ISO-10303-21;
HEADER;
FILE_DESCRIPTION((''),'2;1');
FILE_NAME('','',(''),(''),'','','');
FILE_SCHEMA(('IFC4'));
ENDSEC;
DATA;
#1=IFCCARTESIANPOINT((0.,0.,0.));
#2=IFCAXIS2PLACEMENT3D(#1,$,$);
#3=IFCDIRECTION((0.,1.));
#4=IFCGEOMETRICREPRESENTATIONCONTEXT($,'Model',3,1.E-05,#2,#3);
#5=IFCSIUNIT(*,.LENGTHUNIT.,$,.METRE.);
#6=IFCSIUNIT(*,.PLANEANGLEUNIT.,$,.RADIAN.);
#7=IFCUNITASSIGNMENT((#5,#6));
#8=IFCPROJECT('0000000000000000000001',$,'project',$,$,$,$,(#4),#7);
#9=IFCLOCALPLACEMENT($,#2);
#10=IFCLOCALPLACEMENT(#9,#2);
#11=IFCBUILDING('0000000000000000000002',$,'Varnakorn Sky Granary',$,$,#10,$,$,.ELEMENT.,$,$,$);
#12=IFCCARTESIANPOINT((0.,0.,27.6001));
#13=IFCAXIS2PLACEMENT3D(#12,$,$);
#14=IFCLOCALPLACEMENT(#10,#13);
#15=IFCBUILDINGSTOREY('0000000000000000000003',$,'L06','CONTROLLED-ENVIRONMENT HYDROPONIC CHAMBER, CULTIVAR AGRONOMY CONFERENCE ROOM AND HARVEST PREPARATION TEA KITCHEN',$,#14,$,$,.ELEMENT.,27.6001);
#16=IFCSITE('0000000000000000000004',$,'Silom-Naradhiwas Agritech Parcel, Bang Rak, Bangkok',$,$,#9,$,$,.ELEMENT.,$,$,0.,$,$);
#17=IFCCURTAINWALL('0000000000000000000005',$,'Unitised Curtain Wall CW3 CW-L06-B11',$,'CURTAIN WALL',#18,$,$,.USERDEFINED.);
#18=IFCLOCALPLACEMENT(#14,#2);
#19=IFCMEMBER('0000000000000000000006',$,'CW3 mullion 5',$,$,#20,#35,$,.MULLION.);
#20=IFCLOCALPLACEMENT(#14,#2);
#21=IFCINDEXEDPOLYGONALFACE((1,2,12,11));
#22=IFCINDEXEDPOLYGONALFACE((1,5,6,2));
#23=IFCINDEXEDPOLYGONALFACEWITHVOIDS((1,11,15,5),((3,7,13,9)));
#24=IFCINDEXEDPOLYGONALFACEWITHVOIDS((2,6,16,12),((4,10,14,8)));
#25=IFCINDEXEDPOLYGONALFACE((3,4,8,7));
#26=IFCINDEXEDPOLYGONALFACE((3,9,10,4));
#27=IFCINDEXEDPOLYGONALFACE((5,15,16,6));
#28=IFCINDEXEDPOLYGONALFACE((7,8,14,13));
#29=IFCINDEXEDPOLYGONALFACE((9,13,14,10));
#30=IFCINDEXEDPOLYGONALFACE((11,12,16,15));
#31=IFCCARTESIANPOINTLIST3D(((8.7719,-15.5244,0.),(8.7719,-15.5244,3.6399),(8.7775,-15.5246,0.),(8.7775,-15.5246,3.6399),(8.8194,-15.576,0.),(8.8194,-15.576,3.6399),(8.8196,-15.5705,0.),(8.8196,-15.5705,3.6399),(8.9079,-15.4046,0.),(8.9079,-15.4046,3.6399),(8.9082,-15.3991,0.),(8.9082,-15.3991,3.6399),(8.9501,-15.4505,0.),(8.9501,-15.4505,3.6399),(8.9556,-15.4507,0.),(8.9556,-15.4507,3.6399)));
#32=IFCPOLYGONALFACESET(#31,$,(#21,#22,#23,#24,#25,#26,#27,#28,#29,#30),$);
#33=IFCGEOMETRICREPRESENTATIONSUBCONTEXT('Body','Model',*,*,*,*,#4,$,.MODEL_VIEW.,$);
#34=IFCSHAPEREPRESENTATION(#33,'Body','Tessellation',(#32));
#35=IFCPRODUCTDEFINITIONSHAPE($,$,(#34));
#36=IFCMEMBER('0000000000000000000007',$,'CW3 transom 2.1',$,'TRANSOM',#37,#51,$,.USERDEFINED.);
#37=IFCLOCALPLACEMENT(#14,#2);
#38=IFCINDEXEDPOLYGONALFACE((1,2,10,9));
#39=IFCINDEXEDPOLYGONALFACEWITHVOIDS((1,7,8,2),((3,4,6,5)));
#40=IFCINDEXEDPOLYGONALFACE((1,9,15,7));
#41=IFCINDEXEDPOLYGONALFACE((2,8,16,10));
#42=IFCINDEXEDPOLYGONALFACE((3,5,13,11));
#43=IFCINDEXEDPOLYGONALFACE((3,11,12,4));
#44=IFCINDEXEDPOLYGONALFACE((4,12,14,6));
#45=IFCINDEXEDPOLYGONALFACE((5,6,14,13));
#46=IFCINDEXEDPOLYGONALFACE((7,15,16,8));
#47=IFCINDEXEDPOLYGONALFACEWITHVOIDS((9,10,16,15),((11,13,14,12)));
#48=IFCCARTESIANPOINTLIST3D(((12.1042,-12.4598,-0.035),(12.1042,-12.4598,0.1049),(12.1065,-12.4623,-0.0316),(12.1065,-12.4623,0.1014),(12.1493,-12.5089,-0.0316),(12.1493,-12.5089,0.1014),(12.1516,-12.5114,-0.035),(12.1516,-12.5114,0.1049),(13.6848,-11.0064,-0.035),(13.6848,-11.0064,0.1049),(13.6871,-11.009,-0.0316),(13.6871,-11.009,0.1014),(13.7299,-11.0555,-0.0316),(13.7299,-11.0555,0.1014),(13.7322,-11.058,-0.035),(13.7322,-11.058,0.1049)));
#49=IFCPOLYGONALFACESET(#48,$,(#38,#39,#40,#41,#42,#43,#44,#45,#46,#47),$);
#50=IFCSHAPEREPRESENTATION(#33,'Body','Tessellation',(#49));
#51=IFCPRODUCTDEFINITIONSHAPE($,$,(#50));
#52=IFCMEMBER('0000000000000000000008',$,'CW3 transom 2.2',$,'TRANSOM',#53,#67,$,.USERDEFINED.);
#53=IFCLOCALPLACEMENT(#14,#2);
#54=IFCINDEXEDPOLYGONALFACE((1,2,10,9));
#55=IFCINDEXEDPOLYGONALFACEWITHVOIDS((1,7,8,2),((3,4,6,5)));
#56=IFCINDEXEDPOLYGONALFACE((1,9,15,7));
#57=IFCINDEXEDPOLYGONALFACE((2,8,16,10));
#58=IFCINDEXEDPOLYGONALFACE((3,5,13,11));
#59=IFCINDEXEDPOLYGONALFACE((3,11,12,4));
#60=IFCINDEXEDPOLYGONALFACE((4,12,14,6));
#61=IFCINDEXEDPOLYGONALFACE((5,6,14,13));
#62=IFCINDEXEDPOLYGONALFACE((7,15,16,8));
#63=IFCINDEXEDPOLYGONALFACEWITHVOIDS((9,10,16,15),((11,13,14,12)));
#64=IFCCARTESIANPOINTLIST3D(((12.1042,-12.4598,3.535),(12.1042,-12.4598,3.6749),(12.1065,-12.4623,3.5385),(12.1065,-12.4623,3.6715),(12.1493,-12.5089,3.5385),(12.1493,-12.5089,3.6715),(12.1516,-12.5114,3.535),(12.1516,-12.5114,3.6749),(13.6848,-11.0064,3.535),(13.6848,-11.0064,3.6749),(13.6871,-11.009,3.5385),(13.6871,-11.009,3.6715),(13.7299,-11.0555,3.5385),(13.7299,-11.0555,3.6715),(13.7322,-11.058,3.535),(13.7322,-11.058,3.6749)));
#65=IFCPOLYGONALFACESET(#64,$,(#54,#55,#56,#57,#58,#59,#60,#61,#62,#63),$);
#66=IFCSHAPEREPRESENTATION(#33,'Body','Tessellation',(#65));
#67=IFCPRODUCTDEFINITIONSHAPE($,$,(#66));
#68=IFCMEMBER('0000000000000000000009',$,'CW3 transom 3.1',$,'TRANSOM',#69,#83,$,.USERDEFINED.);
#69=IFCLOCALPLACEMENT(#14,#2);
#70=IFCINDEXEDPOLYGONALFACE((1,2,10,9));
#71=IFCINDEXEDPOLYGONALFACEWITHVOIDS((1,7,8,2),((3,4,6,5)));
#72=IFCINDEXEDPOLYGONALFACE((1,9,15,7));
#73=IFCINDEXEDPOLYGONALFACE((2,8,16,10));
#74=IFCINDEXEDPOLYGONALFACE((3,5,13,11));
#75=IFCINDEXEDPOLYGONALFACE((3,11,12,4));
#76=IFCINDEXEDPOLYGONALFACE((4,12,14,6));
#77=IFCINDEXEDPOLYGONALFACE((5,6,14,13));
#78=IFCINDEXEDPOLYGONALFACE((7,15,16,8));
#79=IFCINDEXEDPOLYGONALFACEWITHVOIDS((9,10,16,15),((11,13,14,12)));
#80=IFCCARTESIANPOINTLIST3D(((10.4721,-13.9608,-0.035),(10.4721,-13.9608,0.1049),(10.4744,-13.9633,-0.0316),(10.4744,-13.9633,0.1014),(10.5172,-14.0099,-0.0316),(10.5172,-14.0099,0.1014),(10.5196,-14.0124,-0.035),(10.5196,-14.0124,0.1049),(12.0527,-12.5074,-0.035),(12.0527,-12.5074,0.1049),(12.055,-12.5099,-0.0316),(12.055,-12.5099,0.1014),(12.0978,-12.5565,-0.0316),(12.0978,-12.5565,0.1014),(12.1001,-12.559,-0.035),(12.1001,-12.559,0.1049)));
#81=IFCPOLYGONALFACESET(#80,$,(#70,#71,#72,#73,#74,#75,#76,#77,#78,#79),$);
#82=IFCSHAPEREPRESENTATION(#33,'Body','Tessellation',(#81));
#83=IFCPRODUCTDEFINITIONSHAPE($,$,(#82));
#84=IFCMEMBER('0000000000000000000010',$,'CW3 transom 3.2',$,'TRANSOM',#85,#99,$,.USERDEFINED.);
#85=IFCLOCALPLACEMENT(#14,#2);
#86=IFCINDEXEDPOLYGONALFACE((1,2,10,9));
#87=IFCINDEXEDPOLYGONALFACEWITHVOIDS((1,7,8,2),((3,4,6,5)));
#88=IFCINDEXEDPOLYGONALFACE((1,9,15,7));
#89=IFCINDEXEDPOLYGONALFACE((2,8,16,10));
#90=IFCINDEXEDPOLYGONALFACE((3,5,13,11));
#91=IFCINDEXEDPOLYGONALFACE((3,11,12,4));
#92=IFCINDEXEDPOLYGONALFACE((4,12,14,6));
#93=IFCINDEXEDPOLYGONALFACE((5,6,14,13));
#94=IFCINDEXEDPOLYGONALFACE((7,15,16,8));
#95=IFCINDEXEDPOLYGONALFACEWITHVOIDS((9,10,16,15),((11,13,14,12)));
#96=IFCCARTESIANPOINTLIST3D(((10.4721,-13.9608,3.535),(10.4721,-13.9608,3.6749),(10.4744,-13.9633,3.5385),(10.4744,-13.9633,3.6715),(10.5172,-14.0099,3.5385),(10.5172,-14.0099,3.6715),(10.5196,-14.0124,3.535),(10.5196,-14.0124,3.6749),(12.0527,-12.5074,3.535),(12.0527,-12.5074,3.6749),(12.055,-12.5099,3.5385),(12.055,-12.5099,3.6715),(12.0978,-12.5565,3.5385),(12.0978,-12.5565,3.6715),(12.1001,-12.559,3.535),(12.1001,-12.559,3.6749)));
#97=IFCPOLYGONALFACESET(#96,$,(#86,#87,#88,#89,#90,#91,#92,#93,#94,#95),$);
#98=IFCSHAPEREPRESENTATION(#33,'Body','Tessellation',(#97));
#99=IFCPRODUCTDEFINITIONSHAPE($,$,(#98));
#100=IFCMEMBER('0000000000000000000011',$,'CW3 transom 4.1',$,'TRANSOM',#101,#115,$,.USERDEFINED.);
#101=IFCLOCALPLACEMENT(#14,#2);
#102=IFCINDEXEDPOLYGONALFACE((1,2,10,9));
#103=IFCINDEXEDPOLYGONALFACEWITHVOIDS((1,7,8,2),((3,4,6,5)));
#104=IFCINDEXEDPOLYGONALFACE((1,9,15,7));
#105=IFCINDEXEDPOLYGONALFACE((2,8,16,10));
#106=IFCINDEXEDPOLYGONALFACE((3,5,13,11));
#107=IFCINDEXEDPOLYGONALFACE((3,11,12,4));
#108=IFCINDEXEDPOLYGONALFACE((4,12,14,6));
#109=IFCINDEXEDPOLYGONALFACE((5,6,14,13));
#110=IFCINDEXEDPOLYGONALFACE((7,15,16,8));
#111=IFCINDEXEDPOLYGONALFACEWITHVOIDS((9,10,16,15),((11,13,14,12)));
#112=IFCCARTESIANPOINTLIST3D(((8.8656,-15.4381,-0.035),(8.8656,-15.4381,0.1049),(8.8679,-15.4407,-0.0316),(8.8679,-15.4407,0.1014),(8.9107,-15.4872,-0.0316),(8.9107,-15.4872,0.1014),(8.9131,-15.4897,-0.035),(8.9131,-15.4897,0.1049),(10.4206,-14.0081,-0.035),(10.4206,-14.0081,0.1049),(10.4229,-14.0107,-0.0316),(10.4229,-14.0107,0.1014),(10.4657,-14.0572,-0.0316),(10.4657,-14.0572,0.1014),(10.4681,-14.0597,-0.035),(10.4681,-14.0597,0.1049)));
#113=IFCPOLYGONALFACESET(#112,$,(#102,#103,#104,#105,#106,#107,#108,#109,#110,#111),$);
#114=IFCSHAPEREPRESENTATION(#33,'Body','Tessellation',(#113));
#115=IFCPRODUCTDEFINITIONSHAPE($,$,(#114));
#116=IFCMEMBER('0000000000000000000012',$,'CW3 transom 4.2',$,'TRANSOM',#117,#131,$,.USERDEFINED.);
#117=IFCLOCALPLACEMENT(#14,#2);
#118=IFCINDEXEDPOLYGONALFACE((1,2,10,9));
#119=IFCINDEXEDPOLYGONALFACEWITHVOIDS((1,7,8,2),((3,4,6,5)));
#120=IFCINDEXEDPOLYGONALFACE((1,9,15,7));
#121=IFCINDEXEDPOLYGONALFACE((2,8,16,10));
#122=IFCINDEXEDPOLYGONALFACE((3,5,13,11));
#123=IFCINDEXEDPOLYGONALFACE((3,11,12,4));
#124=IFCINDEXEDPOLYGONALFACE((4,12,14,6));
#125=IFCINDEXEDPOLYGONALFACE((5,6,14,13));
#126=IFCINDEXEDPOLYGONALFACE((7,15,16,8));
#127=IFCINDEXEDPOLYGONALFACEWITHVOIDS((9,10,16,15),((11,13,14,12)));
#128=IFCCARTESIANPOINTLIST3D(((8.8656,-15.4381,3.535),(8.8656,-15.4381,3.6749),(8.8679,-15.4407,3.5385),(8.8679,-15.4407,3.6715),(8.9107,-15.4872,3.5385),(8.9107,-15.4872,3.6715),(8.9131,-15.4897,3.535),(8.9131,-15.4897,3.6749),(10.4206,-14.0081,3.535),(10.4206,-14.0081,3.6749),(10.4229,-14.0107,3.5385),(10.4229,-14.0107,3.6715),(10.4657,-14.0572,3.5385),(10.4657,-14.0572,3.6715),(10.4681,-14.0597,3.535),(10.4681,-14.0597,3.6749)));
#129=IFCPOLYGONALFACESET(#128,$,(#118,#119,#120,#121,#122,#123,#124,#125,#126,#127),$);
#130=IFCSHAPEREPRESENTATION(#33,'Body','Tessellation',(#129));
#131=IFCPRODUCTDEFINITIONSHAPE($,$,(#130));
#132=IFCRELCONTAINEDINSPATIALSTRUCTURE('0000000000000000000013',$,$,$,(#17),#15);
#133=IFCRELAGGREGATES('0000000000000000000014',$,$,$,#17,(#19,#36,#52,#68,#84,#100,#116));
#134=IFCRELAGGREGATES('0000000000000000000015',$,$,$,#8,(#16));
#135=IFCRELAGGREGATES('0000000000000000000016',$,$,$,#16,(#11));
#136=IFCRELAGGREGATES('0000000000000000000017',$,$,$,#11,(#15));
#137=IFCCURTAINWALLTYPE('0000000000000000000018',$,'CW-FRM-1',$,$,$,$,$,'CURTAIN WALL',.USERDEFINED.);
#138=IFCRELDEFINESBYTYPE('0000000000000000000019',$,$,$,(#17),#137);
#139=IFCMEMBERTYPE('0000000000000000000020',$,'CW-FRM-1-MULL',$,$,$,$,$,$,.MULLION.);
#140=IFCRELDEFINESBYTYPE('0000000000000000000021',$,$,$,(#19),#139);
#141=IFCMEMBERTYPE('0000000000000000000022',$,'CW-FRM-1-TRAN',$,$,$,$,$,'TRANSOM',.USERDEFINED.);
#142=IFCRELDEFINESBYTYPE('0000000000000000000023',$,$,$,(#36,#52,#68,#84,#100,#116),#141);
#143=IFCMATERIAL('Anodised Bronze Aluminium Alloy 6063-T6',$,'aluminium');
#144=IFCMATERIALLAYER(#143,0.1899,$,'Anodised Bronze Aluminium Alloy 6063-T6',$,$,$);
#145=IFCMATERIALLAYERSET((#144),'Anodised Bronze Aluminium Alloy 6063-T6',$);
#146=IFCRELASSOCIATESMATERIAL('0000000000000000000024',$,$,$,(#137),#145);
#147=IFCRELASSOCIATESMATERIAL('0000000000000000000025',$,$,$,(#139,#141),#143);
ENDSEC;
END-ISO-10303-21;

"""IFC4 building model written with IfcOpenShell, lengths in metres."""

from ifc_helpers import new_model, si_unit, direction, frame, origin, origin_2d, place, context, subcontext, project, spatial, hollow_rectangle, extrude, material, layer, layer_set, material_profile, profile_set, type_object, element, aggregate, save


model = new_model("IFC4")

# Units and contexts
model_context = context("Model", 3, precision=1e-05, world=origin(), true_north=direction((0.0, 1.0)))
body_context = subcontext(model_context, "Body", "Model", "MODEL_VIEW")
ifc_project = project(units=[si_unit("LENGTHUNIT", "METRE"), si_unit("PLANEANGLEUNIT", "RADIAN")], contexts=[model_context])

# Site, building, storey
site_placement = place(None, origin())
site = spatial("IfcSite", under=ifc_project, at=site_placement, Name="Silom-Naradhiwas Agritech Parcel, Bang Rak, Bangkok", CompositionType="ELEMENT", RefElevation=0.0)
building_placement = place(site_placement, origin())
building = spatial("IfcBuilding", under=site, at=building_placement, Name="Varnakorn Sky Granary", CompositionType="ELEMENT")
storey_placement = place(building_placement, frame((0.0, 0.0, 27.6001)))
storey = spatial("IfcBuildingStorey", under=building, at=storey_placement, Name="L06", Description="CONTROLLED-ENVIRONMENT HYDROPONIC CHAMBER, CULTIVAR AGRONOMY CONFERENCE ROOM AND HARVEST PREPARATION TEA KITCHEN", CompositionType="ELEMENT", Elevation=27.6001)

# Curtain wall, members
ifc_material_1 = material(Name="Anodised Bronze Aluminium Alloy 6063-T6", Category="aluminium")
ifc_layer_1 = layer(ifc_material_1, 0.1899, Name="Anodised Bronze Aluminium Alloy 6063-T6")
ifc_layer_set_1 = layer_set([ifc_layer_1], Name="Anodised Bronze Aluminium Alloy 6063-T6")
curtain_wall_type = type_object("IfcCurtainWallType", Name="CW-FRM-1", ElementType="CURTAIN WALL", PredefinedType="USERDEFINED", material=ifc_layer_set_1)
curtain_wall_placement = place(storey_placement, origin())
curtain_wall = element("IfcCurtainWall", 1, at=curtain_wall_placement, inside=storey, type_object=curtain_wall_type, Name="Unitised Curtain Wall CW3 CW-L06-B11", ObjectType="CURTAIN WALL", PredefinedType="USERDEFINED")
ifc_material_profile_1 = material_profile(ifc_material_1, hollow_rectangle(XDim=0.0701, YDim=0.1851, WallThickness=0.0039, at=origin_2d()), Name="ALU MULL 70x185")
ifc_profile_set_1 = profile_set([ifc_material_profile_1], Name="Anodised Bronze Aluminium Alloy 6063-T6")
member_type_1 = type_object("IfcMemberType", Name="CW-FRM-1-MULL", PredefinedType="MULLION", material=ifc_profile_set_1)
member_1_placement = place(storey_placement, frame((8.8638, -15.4875, 0.0), z_axis=(0.0, 0.0, 1.0), x_axis=(0.676914, -0.736062, 0.0)))
member_1 = element("IfcMember", 2, at=member_1_placement, type_object=member_type_1, Name="CW3 mullion 5", PredefinedType="MULLION", context=body_context, shape_type="SweptSolid", body=[
    extrude(hollow_rectangle(XDim=0.0701, YDim=0.1851, WallThickness=0.0039, at=origin_2d()), origin(), (0.0, 0.0, 1.0), 3.6399),
])
ifc_material_profile_2 = material_profile(ifc_material_1, hollow_rectangle(XDim=0.0701, YDim=0.1399, WallThickness=0.0034, at=origin_2d()), Name="ALU TRAN 70x140")
ifc_profile_set_2 = profile_set([ifc_material_profile_2], Name="Anodised Bronze Aluminium Alloy 6063-T6")
member_type_2 = type_object("IfcMemberType", Name="CW-FRM-1-TRAN", ElementType="TRANSOM", PredefinedType="USERDEFINED", material=ifc_profile_set_2)
member_2_placement = place(storey_placement, frame((13.7085, -11.0322, 0.0349), z_axis=(-0.736105, -0.676867, 0.0), x_axis=(0.676867, -0.736105, 0.0)))
member_2 = element("IfcMember", 3, at=member_2_placement, type_object=member_type_2, Name="CW3 transom 2.1", ObjectType="TRANSOM", PredefinedType="USERDEFINED", context=body_context, shape_type="SweptSolid", body=[
    extrude(hollow_rectangle(XDim=0.0701, YDim=0.1399, WallThickness=0.0034, at=origin_2d()), origin(), (0.0, 0.0, 1.0), 2.1472),
])
member_3_placement = place(storey_placement, frame((13.7085, -11.0322, 3.605), z_axis=(-0.736105, -0.676867, 0.0), x_axis=(0.676867, -0.736105, 0.0)))
member_3 = element("IfcMember", 4, at=member_3_placement, type_object=member_type_2, Name="CW3 transom 2.2", ObjectType="TRANSOM", PredefinedType="USERDEFINED", context=body_context, shape_type="SweptSolid", body=[
    extrude(hollow_rectangle(XDim=0.0701, YDim=0.1399, WallThickness=0.0034, at=origin_2d()), origin(), (0.0, 0.0, 1.0), 2.1472),
])
member_4_placement = place(storey_placement, frame((12.0764, -12.5332, 0.0349), z_axis=(-0.736105, -0.676867, 0.0), x_axis=(0.676867, -0.736105, 0.0)))
member_4 = element("IfcMember", 5, at=member_4_placement, type_object=member_type_2, Name="CW3 transom 3.1", ObjectType="TRANSOM", PredefinedType="USERDEFINED", context=body_context, shape_type="SweptSolid", body=[
    extrude(hollow_rectangle(XDim=0.0701, YDim=0.1399, WallThickness=0.0034, at=origin_2d()), origin(), (0.0, 0.0, 1.0), 2.1472),
])
member_5_placement = place(storey_placement, frame((12.0764, -12.5332, 3.605), z_axis=(-0.736105, -0.676867, 0.0), x_axis=(0.676867, -0.736105, 0.0)))
member_5 = element("IfcMember", 6, at=member_5_placement, type_object=member_type_2, Name="CW3 transom 3.2", ObjectType="TRANSOM", PredefinedType="USERDEFINED", context=body_context, shape_type="SweptSolid", body=[
    extrude(hollow_rectangle(XDim=0.0701, YDim=0.1399, WallThickness=0.0034, at=origin_2d()), origin(), (0.0, 0.0, 1.0), 2.1472),
])
member_6_placement = place(storey_placement, frame((10.4443, -14.0339, 0.0349), z_axis=(-0.736074, -0.676901, 0.0), x_axis=(0.676901, -0.736074, 0.0)))
member_6 = element("IfcMember", 7, at=member_6_placement, type_object=member_type_2, Name="CW3 transom 4.1", ObjectType="TRANSOM", PredefinedType="USERDEFINED", context=body_context, shape_type="SweptSolid", body=[
    extrude(hollow_rectangle(XDim=0.0701, YDim=0.1399, WallThickness=0.0034, at=origin_2d()), origin(), (0.0, 0.0, 1.0), 2.1125),
])
member_7_placement = place(storey_placement, frame((10.4443, -14.0339, 3.605), z_axis=(-0.736074, -0.676901, 0.0), x_axis=(0.676901, -0.736074, 0.0)))
member_7 = element("IfcMember", 8, at=member_7_placement, type_object=member_type_2, Name="CW3 transom 4.2", ObjectType="TRANSOM", PredefinedType="USERDEFINED", context=body_context, shape_type="SweptSolid", body=[
    extrude(hollow_rectangle(XDim=0.0701, YDim=0.1399, WallThickness=0.0034, at=origin_2d()), origin(), (0.0, 0.0, 1.0), 2.1125),
])

aggregate(curtain_wall, [member_1, member_2, member_3, member_4, member_5, member_6, member_7])

save(model, "model.ifc")
